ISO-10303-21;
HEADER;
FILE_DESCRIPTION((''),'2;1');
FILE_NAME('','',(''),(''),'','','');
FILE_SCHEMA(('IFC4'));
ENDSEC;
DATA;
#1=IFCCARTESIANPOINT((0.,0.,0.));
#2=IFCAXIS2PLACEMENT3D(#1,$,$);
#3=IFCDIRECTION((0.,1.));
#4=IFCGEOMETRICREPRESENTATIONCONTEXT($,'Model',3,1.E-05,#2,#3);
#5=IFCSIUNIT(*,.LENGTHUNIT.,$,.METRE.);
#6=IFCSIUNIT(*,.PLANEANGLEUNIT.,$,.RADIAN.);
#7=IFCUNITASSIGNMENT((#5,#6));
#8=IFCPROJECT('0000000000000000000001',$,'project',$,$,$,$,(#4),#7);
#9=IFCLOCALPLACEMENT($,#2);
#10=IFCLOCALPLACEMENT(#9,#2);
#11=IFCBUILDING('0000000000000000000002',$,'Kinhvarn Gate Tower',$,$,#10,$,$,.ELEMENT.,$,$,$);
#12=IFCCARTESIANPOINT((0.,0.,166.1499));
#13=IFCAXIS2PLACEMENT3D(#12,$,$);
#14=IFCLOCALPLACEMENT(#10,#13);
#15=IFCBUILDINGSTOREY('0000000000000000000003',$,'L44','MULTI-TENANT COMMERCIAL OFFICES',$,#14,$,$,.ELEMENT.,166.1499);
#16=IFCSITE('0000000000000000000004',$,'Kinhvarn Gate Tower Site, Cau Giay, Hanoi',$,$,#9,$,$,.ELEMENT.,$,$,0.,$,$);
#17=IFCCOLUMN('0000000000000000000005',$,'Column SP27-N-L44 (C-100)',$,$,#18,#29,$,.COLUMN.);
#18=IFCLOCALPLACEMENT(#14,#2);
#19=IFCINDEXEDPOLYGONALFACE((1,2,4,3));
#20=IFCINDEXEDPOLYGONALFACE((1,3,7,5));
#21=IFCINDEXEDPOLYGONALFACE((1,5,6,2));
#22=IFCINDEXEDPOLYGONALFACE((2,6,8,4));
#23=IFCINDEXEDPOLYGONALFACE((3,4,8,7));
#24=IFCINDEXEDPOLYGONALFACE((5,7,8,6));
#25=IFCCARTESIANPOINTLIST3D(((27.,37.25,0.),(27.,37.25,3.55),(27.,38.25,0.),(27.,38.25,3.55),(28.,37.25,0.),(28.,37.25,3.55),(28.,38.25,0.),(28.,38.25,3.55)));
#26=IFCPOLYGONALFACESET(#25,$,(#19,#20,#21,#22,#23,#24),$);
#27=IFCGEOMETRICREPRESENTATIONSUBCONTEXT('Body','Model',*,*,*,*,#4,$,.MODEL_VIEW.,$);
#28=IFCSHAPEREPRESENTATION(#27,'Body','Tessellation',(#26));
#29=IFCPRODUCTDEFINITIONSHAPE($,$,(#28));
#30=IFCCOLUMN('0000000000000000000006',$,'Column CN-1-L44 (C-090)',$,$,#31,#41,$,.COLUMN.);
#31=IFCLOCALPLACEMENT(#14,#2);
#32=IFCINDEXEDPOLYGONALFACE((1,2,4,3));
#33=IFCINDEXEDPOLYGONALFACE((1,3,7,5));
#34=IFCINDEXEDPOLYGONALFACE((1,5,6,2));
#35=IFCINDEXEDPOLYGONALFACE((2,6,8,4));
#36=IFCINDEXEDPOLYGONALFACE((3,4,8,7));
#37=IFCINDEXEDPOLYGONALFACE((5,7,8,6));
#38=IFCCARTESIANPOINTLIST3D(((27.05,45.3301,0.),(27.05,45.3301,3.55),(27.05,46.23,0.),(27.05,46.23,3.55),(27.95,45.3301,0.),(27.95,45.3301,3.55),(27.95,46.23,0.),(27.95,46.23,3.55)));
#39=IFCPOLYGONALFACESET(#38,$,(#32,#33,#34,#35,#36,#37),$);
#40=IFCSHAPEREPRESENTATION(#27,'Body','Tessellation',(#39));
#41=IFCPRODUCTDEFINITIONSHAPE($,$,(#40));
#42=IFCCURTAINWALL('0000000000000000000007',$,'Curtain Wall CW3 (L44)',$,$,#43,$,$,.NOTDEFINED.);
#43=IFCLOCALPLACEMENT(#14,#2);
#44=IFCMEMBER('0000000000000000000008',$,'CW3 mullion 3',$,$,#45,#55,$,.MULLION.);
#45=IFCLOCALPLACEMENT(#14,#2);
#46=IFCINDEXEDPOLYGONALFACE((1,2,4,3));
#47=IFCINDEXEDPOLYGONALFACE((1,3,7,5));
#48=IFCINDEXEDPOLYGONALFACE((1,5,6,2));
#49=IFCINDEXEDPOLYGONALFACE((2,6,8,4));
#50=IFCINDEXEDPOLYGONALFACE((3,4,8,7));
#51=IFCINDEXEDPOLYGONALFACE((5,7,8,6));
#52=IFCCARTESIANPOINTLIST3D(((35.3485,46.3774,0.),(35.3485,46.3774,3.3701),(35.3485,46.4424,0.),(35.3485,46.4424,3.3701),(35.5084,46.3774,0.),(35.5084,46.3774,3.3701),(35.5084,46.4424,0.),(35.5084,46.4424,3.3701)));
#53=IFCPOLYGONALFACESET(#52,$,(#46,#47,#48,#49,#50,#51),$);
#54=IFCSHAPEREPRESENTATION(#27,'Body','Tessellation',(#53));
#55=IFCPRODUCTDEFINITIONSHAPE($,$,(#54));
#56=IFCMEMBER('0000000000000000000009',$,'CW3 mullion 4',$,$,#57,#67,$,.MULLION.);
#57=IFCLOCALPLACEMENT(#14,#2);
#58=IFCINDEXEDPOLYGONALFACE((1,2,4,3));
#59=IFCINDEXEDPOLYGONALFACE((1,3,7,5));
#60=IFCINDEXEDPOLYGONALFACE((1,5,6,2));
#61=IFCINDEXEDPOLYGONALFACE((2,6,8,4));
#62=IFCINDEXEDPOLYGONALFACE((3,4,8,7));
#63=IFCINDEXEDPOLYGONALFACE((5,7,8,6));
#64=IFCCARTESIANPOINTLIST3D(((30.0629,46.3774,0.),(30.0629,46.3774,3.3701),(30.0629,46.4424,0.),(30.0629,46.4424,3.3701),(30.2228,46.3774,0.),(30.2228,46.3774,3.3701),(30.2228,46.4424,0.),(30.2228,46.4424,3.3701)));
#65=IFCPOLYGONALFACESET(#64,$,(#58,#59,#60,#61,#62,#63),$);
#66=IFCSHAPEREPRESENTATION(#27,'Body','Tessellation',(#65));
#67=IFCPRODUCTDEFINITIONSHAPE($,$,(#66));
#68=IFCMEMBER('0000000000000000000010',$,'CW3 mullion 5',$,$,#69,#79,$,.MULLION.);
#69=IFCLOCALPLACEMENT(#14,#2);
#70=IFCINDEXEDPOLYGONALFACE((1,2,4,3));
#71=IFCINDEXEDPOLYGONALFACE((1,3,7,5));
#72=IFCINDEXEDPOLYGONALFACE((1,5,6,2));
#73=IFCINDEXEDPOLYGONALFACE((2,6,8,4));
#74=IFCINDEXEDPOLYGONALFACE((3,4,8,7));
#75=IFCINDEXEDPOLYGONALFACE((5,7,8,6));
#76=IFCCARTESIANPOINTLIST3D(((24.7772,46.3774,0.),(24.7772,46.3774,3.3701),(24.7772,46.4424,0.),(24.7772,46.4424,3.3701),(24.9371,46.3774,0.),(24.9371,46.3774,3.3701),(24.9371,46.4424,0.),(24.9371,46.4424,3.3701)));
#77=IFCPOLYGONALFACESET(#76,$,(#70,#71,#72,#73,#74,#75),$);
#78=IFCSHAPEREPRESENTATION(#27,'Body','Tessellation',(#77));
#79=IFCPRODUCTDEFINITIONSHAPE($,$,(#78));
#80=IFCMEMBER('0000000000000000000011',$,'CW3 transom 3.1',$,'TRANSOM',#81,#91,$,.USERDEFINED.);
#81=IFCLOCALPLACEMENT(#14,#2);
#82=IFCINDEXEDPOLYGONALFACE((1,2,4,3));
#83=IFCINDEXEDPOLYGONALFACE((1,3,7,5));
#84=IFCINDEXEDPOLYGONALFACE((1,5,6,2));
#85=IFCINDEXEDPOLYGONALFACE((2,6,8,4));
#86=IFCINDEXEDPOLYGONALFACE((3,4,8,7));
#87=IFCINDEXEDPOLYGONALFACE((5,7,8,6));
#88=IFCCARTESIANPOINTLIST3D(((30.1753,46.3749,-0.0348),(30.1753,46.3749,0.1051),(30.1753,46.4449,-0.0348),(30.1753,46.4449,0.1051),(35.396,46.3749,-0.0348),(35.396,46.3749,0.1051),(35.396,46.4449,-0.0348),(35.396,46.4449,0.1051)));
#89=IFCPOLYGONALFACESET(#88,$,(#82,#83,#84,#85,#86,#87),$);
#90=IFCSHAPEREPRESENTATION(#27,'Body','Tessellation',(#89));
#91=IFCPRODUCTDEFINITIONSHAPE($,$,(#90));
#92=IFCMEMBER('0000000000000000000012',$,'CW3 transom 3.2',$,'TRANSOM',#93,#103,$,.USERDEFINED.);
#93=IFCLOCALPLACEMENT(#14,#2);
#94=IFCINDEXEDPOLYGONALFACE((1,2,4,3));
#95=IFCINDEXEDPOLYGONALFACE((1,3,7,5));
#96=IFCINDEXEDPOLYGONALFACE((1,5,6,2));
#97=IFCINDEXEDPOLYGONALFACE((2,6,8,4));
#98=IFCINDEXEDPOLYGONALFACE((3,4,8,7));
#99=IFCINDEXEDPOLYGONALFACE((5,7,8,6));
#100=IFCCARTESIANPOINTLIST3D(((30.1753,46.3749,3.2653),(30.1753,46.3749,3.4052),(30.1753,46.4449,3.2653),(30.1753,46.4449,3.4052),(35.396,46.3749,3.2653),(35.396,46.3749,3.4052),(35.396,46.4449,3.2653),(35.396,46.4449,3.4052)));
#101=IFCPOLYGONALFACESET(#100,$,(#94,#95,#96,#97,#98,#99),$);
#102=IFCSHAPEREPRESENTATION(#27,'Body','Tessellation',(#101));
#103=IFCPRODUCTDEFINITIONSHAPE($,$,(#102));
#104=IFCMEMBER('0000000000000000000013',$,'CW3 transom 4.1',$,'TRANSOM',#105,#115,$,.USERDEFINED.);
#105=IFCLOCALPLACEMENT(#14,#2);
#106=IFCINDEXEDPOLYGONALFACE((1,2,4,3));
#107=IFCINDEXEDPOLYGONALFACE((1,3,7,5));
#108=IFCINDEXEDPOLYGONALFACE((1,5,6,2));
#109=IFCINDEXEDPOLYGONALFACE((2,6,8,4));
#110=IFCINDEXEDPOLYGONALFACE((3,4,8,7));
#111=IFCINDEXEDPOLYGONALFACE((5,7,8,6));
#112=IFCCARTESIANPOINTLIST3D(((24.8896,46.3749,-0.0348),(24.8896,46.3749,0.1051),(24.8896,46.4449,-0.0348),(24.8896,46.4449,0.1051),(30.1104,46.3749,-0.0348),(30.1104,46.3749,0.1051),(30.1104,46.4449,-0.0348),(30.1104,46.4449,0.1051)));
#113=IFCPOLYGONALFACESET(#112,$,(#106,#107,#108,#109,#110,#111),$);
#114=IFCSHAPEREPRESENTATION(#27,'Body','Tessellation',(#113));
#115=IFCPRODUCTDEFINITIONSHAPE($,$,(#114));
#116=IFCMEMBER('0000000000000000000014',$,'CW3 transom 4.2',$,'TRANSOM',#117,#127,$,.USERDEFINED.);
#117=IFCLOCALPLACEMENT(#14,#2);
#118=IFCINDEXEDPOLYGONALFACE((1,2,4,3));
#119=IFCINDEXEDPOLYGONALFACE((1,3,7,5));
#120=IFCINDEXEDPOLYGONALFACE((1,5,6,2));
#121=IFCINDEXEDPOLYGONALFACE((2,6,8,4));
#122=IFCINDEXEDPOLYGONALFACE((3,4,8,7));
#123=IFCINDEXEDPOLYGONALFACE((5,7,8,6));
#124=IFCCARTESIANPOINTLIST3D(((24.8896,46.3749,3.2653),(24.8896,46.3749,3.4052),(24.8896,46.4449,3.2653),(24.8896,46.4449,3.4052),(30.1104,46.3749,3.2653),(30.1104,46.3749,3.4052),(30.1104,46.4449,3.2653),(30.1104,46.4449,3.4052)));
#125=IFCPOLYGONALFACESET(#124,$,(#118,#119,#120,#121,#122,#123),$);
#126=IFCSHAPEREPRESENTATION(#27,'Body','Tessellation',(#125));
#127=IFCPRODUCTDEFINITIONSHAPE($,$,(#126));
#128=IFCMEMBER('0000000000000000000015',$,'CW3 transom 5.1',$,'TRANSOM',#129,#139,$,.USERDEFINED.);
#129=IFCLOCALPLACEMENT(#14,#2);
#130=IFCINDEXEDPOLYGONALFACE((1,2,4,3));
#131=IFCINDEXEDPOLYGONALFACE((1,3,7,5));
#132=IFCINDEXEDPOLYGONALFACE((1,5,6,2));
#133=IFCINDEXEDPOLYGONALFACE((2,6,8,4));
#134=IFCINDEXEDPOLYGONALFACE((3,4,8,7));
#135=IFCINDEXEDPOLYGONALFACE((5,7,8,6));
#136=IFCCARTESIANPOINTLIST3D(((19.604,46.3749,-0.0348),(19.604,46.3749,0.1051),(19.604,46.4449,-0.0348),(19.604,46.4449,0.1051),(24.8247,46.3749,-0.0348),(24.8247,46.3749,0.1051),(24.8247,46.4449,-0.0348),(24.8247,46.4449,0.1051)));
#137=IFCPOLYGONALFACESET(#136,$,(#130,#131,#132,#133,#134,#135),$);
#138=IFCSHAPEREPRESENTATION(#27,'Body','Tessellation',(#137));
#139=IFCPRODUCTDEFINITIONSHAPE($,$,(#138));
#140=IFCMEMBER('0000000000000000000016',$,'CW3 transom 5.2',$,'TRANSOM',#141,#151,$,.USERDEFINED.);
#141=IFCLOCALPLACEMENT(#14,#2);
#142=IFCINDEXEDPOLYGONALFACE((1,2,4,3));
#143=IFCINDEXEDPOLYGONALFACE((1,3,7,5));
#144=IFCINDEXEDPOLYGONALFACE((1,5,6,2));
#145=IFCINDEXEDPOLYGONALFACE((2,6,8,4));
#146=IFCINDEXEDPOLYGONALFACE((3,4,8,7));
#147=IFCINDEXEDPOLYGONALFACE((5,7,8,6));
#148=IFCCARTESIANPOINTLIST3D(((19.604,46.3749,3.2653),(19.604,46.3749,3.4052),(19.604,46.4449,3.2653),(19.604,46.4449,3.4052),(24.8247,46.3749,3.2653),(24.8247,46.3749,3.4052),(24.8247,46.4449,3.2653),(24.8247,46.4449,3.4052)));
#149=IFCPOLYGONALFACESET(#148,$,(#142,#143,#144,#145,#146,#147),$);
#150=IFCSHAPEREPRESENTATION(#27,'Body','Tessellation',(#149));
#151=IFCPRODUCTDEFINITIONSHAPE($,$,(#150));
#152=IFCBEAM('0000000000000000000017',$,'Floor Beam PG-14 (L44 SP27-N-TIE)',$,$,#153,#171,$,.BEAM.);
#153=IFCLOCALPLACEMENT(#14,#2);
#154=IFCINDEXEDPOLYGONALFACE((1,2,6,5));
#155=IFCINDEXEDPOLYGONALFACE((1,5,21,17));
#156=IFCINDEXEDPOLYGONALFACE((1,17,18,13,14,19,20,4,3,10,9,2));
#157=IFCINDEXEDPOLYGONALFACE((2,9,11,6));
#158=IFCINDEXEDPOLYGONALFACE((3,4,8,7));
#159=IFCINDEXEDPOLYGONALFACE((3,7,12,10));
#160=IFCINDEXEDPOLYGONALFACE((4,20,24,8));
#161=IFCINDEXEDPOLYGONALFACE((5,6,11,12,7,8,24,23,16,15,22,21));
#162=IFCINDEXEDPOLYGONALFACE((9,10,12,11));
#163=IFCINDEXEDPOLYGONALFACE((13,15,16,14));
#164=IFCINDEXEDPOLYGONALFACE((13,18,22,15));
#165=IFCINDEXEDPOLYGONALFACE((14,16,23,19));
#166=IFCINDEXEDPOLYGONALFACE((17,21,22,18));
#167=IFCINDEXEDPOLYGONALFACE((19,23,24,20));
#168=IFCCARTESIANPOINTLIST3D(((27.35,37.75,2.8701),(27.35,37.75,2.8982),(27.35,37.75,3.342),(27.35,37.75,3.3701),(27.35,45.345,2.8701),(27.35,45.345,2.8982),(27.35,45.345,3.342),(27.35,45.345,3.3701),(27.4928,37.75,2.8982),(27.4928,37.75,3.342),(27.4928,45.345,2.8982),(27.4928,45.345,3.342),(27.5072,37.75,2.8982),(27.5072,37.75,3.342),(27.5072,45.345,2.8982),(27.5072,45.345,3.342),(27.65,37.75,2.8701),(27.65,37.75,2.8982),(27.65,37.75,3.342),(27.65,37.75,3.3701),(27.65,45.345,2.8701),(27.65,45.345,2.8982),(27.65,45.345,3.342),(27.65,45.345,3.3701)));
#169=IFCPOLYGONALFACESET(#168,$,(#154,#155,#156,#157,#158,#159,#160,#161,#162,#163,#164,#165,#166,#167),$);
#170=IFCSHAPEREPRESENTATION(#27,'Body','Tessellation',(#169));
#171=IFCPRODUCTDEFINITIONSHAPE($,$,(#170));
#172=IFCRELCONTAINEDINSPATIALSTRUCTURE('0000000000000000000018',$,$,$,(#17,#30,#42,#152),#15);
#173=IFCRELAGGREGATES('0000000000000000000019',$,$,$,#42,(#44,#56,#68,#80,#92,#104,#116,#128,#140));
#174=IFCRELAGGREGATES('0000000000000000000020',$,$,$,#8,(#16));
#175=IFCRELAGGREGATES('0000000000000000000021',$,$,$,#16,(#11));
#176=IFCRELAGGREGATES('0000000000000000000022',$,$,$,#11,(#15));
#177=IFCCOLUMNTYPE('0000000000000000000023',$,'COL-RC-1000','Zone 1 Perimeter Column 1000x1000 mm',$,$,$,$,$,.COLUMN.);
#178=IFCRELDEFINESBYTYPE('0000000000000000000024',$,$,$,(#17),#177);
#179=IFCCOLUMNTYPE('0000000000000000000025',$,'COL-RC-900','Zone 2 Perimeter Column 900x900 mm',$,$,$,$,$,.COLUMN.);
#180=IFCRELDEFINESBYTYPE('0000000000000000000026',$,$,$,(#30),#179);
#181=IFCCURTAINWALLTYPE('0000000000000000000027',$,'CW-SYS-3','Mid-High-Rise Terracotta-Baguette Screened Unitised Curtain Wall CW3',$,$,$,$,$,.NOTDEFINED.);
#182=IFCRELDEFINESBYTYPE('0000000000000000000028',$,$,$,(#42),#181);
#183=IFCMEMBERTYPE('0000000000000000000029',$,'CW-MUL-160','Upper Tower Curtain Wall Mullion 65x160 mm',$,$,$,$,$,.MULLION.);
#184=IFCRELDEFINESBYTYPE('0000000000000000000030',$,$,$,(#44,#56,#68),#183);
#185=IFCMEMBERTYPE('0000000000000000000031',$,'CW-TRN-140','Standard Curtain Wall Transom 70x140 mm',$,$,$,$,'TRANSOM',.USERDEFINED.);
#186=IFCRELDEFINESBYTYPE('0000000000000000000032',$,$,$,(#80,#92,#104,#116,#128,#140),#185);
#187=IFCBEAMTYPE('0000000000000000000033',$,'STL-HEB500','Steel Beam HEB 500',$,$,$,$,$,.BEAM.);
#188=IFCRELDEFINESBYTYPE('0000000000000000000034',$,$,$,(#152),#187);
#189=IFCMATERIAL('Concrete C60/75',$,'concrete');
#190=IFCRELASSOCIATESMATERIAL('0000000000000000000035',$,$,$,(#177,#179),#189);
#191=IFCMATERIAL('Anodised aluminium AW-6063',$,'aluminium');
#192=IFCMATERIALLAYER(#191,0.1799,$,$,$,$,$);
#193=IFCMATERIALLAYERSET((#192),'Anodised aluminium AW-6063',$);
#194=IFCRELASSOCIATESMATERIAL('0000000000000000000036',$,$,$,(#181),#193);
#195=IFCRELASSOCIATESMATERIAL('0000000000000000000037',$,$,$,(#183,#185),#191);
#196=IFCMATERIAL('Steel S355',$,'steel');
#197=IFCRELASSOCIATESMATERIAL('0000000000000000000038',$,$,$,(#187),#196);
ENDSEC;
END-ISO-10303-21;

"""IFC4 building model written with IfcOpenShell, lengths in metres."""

from ifc_helpers import new_model, si_unit, direction, frame, origin, origin_2d, place, context, subcontext, project, spatial, rectangle, i_section, extrude, material, layer, layer_set, material_profile, profile_set, type_object, element, aggregate, save


model = new_model("IFC4")

# Units and contexts
model_context = context("Model", 3, precision=1e-05, world=origin(), true_north=direction((0.0, 1.0)))
body_context = subcontext(model_context, "Body", "Model", "MODEL_VIEW")
ifc_project = project(units=[si_unit("LENGTHUNIT", "METRE"), si_unit("PLANEANGLEUNIT", "RADIAN")], contexts=[model_context])

# Site, building, storey
site_placement = place(None, origin())
site = spatial("IfcSite", under=ifc_project, at=site_placement, Name="Kinhvarn Gate Tower Site, Cau Giay, Hanoi", CompositionType="ELEMENT", RefElevation=0.0)
building_placement = place(site_placement, origin())
building = spatial("IfcBuilding", under=site, at=building_placement, Name="Kinhvarn Gate Tower", CompositionType="ELEMENT")
storey_placement = place(building_placement, frame((0.0, 0.0, 166.1499)))
storey = spatial("IfcBuildingStorey", under=building, at=storey_placement, Name="L44", Description="MULTI-TENANT COMMERCIAL OFFICES", CompositionType="ELEMENT", Elevation=166.1499)

# Columns
ifc_material_1 = material(Name="Concrete C60/75", Category="concrete")
ifc_material_profile_1 = material_profile(ifc_material_1, rectangle(XDim=1.0, YDim=1.0, at=origin_2d()), Name="RC 1000x1000")
ifc_profile_set_1 = profile_set([ifc_material_profile_1], Name="Concrete C60/75")
column_type_1 = type_object("IfcColumnType", Name="COL-RC-1000", Description="Zone 1 Perimeter Column 1000x1000 mm", PredefinedType="COLUMN", material=ifc_profile_set_1)
column_1_placement = place(storey_placement, frame((27.5, 37.75, 0.0), z_axis=(0.0, 0.0, 1.0), x_axis=(1.0, 0.0, 0.0)))
element("IfcColumn", 1, at=column_1_placement, inside=storey, type_object=column_type_1, Name="Column SP27-N-L44 (C-100)", PredefinedType="COLUMN", context=body_context, shape_type="SweptSolid", body=[
    extrude(rectangle(XDim=1.0, YDim=1.0, at=origin_2d()), origin(), (0.0, 0.0, 1.0), 3.55),
])
ifc_material_profile_2 = material_profile(ifc_material_1, rectangle(XDim=0.8999, YDim=0.8999, at=origin_2d()), Name="RC 900x900")
ifc_profile_set_2 = profile_set([ifc_material_profile_2], Name="Concrete C60/75")
column_type_2 = type_object("IfcColumnType", Name="COL-RC-900", Description="Zone 2 Perimeter Column 900x900 mm", PredefinedType="COLUMN", material=ifc_profile_set_2)
column_2_placement = place(storey_placement, frame((27.5, 45.78, 0.0), z_axis=(0.0, 0.0, 1.0), x_axis=(1.0, 0.0, 0.0)))
element("IfcColumn", 2, at=column_2_placement, inside=storey, type_object=column_type_2, Name="Column CN-1-L44 (C-090)", PredefinedType="COLUMN", context=body_context, shape_type="SweptSolid", body=[
    extrude(rectangle(XDim=0.8999, YDim=0.8999, at=origin_2d()), origin(), (0.0, 0.0, 1.0), 3.55),
])

# Curtain wall, members
ifc_material_2 = material(Name="Anodised aluminium AW-6063", Category="aluminium")
ifc_layer_1 = layer(ifc_material_2, 0.1799)
ifc_layer_set_1 = layer_set([ifc_layer_1], Name="Anodised aluminium AW-6063")
curtain_wall_type = type_object("IfcCurtainWallType", Name="CW-SYS-3", Description="Mid-High-Rise Terracotta-Baguette Screened Unitised Curtain Wall CW3", PredefinedType="NOTDEFINED", material=ifc_layer_set_1)
curtain_wall_placement = place(storey_placement, origin())
curtain_wall = element("IfcCurtainWall", 3, at=curtain_wall_placement, inside=storey, type_object=curtain_wall_type, Name="Curtain Wall CW3 (L44)", PredefinedType="NOTDEFINED")
ifc_material_profile_3 = material_profile(ifc_material_2, rectangle(XDim=0.0649, YDim=0.1599, at=origin_2d()), Name="ALU 65x160")
ifc_profile_set_3 = profile_set([ifc_material_profile_3], Name="Anodised aluminium AW-6063")
member_type_1 = type_object("IfcMemberType", Name="CW-MUL-160", Description="Upper Tower Curtain Wall Mullion 65x160 mm", PredefinedType="MULLION", material=ifc_profile_set_3)
member_1_placement = place(storey_placement, frame((35.4285, 46.4099, 0.0), z_axis=(0.0, 0.0, 1.0), x_axis=(0.0, -1.0, 0.0)))
member_1 = element("IfcMember", 4, at=member_1_placement, type_object=member_type_1, Name="CW3 mullion 3", PredefinedType="MULLION", context=body_context, shape_type="SweptSolid", body=[
    extrude(rectangle(XDim=0.0649, YDim=0.1599, at=origin_2d()), origin(), (0.0, 0.0, 1.0), 3.3701),
])
member_2_placement = place(storey_placement, frame((30.1428, 46.4099, 0.0), z_axis=(0.0, 0.0, 1.0), x_axis=(0.0, -1.0, 0.0)))
member_2 = element("IfcMember", 5, at=member_2_placement, type_object=member_type_1, Name="CW3 mullion 4", PredefinedType="MULLION", context=body_context, shape_type="SweptSolid", body=[
    extrude(rectangle(XDim=0.0649, YDim=0.1599, at=origin_2d()), origin(), (0.0, 0.0, 1.0), 3.3701),
])
member_3_placement = place(storey_placement, frame((24.8572, 46.4099, 0.0), z_axis=(0.0, 0.0, 1.0), x_axis=(0.0, -1.0, 0.0)))
member_3 = element("IfcMember", 6, at=member_3_placement, type_object=member_type_1, Name="CW3 mullion 5", PredefinedType="MULLION", context=body_context, shape_type="SweptSolid", body=[
    extrude(rectangle(XDim=0.0649, YDim=0.1599, at=origin_2d()), origin(), (0.0, 0.0, 1.0), 3.3701),
])
ifc_material_profile_4 = material_profile(ifc_material_2, rectangle(XDim=0.0701, YDim=0.1399, at=origin_2d()), Name="ALU 70x140")
ifc_profile_set_4 = profile_set([ifc_material_profile_4], Name="Anodised aluminium AW-6063")
member_type_2 = type_object("IfcMemberType", Name="CW-TRN-140", Description="Standard Curtain Wall Transom 70x140 mm", ElementType="TRANSOM", PredefinedType="USERDEFINED", material=ifc_profile_set_4)
member_4_placement = place(storey_placement, frame((35.396, 46.4099, 0.0352), z_axis=(-1.0, 0.0, 0.0), x_axis=(0.0, -1.0, 0.0)))
member_4 = element("IfcMember", 7, at=member_4_placement, type_object=member_type_2, Name="CW3 transom 3.1", ObjectType="TRANSOM", PredefinedType="USERDEFINED", context=body_context, shape_type="SweptSolid", body=[
    extrude(rectangle(XDim=0.0701, YDim=0.1399, at=origin_2d()), origin(), (0.0, 0.0, 1.0), 5.2207),
])
member_5_placement = place(storey_placement, frame((35.396, 46.4099, 3.3352), z_axis=(-1.0, 0.0, 0.0), x_axis=(0.0, -1.0, 0.0)))
member_5 = element("IfcMember", 8, at=member_5_placement, type_object=member_type_2, Name="CW3 transom 3.2", ObjectType="TRANSOM", PredefinedType="USERDEFINED", context=body_context, shape_type="SweptSolid", body=[
    extrude(rectangle(XDim=0.0701, YDim=0.1399, at=origin_2d()), origin(), (0.0, 0.0, 1.0), 5.2207),
])
member_6_placement = place(storey_placement, frame((30.1104, 46.4099, 0.0352), z_axis=(-1.0, 0.0, 0.0), x_axis=(0.0, -1.0, 0.0)))
member_6 = element("IfcMember", 9, at=member_6_placement, type_object=member_type_2, Name="CW3 transom 4.1", ObjectType="TRANSOM", PredefinedType="USERDEFINED", context=body_context, shape_type="SweptSolid", body=[
    extrude(rectangle(XDim=0.0701, YDim=0.1399, at=origin_2d()), origin(), (0.0, 0.0, 1.0), 5.2207),
])
member_7_placement = place(storey_placement, frame((30.1104, 46.4099, 3.3352), z_axis=(-1.0, 0.0, 0.0), x_axis=(0.0, -1.0, 0.0)))
member_7 = element("IfcMember", 10, at=member_7_placement, type_object=member_type_2, Name="CW3 transom 4.2", ObjectType="TRANSOM", PredefinedType="USERDEFINED", context=body_context, shape_type="SweptSolid", body=[
    extrude(rectangle(XDim=0.0701, YDim=0.1399, at=origin_2d()), origin(), (0.0, 0.0, 1.0), 5.2207),
])
member_8_placement = place(storey_placement, frame((24.8247, 46.4099, 0.0352), z_axis=(-1.0, 0.0, 0.0), x_axis=(0.0, -1.0, 0.0)))
member_8 = element("IfcMember", 11, at=member_8_placement, type_object=member_type_2, Name="CW3 transom 5.1", ObjectType="TRANSOM", PredefinedType="USERDEFINED", context=body_context, shape_type="SweptSolid", body=[
    extrude(rectangle(XDim=0.0701, YDim=0.1399, at=origin_2d()), origin(), (0.0, 0.0, 1.0), 5.2207),
])
member_9_placement = place(storey_placement, frame((24.8247, 46.4099, 3.3352), z_axis=(-1.0, 0.0, 0.0), x_axis=(0.0, -1.0, 0.0)))
member_9 = element("IfcMember", 12, at=member_9_placement, type_object=member_type_2, Name="CW3 transom 5.2", ObjectType="TRANSOM", PredefinedType="USERDEFINED", context=body_context, shape_type="SweptSolid", body=[
    extrude(rectangle(XDim=0.0701, YDim=0.1399, at=origin_2d()), origin(), (0.0, 0.0, 1.0), 5.2207),
])

# Beam
ifc_material_3 = material(Name="Steel S355", Category="steel")
ifc_material_profile_5 = material_profile(ifc_material_3, i_section(OverallWidth=0.3, OverallDepth=0.5, WebThickness=0.0144, FlangeThickness=0.0281, at=origin_2d()), Name="HEB 500")
ifc_profile_set_5 = profile_set([ifc_material_profile_5], Name="Steel S355")
beam_type_1 = type_object("IfcBeamType", Name="STL-HEB500", Description="Steel Beam HEB 500", PredefinedType="BEAM", material=ifc_profile_set_5)
beam_1_placement = place(storey_placement, frame((27.5, 37.75, 3.1201), z_axis=(0.0, 1.0, 0.0), x_axis=(-1.0, 0.0, 0.0)))
element("IfcBeam", 13, at=beam_1_placement, inside=storey, type_object=beam_type_1, Name="Floor Beam PG-14 (L44 SP27-N-TIE)", PredefinedType="BEAM", context=body_context, shape_type="SweptSolid", body=[
    extrude(i_section(OverallWidth=0.3, OverallDepth=0.5, WebThickness=0.0144, FlangeThickness=0.0281, at=origin_2d()), origin(), (0.0, 0.0, 1.0), 7.595),
])

aggregate(curtain_wall, [member_1, member_2, member_3, member_4, member_5, member_6, member_7, member_8, member_9])

save(model, "model.ifc")
